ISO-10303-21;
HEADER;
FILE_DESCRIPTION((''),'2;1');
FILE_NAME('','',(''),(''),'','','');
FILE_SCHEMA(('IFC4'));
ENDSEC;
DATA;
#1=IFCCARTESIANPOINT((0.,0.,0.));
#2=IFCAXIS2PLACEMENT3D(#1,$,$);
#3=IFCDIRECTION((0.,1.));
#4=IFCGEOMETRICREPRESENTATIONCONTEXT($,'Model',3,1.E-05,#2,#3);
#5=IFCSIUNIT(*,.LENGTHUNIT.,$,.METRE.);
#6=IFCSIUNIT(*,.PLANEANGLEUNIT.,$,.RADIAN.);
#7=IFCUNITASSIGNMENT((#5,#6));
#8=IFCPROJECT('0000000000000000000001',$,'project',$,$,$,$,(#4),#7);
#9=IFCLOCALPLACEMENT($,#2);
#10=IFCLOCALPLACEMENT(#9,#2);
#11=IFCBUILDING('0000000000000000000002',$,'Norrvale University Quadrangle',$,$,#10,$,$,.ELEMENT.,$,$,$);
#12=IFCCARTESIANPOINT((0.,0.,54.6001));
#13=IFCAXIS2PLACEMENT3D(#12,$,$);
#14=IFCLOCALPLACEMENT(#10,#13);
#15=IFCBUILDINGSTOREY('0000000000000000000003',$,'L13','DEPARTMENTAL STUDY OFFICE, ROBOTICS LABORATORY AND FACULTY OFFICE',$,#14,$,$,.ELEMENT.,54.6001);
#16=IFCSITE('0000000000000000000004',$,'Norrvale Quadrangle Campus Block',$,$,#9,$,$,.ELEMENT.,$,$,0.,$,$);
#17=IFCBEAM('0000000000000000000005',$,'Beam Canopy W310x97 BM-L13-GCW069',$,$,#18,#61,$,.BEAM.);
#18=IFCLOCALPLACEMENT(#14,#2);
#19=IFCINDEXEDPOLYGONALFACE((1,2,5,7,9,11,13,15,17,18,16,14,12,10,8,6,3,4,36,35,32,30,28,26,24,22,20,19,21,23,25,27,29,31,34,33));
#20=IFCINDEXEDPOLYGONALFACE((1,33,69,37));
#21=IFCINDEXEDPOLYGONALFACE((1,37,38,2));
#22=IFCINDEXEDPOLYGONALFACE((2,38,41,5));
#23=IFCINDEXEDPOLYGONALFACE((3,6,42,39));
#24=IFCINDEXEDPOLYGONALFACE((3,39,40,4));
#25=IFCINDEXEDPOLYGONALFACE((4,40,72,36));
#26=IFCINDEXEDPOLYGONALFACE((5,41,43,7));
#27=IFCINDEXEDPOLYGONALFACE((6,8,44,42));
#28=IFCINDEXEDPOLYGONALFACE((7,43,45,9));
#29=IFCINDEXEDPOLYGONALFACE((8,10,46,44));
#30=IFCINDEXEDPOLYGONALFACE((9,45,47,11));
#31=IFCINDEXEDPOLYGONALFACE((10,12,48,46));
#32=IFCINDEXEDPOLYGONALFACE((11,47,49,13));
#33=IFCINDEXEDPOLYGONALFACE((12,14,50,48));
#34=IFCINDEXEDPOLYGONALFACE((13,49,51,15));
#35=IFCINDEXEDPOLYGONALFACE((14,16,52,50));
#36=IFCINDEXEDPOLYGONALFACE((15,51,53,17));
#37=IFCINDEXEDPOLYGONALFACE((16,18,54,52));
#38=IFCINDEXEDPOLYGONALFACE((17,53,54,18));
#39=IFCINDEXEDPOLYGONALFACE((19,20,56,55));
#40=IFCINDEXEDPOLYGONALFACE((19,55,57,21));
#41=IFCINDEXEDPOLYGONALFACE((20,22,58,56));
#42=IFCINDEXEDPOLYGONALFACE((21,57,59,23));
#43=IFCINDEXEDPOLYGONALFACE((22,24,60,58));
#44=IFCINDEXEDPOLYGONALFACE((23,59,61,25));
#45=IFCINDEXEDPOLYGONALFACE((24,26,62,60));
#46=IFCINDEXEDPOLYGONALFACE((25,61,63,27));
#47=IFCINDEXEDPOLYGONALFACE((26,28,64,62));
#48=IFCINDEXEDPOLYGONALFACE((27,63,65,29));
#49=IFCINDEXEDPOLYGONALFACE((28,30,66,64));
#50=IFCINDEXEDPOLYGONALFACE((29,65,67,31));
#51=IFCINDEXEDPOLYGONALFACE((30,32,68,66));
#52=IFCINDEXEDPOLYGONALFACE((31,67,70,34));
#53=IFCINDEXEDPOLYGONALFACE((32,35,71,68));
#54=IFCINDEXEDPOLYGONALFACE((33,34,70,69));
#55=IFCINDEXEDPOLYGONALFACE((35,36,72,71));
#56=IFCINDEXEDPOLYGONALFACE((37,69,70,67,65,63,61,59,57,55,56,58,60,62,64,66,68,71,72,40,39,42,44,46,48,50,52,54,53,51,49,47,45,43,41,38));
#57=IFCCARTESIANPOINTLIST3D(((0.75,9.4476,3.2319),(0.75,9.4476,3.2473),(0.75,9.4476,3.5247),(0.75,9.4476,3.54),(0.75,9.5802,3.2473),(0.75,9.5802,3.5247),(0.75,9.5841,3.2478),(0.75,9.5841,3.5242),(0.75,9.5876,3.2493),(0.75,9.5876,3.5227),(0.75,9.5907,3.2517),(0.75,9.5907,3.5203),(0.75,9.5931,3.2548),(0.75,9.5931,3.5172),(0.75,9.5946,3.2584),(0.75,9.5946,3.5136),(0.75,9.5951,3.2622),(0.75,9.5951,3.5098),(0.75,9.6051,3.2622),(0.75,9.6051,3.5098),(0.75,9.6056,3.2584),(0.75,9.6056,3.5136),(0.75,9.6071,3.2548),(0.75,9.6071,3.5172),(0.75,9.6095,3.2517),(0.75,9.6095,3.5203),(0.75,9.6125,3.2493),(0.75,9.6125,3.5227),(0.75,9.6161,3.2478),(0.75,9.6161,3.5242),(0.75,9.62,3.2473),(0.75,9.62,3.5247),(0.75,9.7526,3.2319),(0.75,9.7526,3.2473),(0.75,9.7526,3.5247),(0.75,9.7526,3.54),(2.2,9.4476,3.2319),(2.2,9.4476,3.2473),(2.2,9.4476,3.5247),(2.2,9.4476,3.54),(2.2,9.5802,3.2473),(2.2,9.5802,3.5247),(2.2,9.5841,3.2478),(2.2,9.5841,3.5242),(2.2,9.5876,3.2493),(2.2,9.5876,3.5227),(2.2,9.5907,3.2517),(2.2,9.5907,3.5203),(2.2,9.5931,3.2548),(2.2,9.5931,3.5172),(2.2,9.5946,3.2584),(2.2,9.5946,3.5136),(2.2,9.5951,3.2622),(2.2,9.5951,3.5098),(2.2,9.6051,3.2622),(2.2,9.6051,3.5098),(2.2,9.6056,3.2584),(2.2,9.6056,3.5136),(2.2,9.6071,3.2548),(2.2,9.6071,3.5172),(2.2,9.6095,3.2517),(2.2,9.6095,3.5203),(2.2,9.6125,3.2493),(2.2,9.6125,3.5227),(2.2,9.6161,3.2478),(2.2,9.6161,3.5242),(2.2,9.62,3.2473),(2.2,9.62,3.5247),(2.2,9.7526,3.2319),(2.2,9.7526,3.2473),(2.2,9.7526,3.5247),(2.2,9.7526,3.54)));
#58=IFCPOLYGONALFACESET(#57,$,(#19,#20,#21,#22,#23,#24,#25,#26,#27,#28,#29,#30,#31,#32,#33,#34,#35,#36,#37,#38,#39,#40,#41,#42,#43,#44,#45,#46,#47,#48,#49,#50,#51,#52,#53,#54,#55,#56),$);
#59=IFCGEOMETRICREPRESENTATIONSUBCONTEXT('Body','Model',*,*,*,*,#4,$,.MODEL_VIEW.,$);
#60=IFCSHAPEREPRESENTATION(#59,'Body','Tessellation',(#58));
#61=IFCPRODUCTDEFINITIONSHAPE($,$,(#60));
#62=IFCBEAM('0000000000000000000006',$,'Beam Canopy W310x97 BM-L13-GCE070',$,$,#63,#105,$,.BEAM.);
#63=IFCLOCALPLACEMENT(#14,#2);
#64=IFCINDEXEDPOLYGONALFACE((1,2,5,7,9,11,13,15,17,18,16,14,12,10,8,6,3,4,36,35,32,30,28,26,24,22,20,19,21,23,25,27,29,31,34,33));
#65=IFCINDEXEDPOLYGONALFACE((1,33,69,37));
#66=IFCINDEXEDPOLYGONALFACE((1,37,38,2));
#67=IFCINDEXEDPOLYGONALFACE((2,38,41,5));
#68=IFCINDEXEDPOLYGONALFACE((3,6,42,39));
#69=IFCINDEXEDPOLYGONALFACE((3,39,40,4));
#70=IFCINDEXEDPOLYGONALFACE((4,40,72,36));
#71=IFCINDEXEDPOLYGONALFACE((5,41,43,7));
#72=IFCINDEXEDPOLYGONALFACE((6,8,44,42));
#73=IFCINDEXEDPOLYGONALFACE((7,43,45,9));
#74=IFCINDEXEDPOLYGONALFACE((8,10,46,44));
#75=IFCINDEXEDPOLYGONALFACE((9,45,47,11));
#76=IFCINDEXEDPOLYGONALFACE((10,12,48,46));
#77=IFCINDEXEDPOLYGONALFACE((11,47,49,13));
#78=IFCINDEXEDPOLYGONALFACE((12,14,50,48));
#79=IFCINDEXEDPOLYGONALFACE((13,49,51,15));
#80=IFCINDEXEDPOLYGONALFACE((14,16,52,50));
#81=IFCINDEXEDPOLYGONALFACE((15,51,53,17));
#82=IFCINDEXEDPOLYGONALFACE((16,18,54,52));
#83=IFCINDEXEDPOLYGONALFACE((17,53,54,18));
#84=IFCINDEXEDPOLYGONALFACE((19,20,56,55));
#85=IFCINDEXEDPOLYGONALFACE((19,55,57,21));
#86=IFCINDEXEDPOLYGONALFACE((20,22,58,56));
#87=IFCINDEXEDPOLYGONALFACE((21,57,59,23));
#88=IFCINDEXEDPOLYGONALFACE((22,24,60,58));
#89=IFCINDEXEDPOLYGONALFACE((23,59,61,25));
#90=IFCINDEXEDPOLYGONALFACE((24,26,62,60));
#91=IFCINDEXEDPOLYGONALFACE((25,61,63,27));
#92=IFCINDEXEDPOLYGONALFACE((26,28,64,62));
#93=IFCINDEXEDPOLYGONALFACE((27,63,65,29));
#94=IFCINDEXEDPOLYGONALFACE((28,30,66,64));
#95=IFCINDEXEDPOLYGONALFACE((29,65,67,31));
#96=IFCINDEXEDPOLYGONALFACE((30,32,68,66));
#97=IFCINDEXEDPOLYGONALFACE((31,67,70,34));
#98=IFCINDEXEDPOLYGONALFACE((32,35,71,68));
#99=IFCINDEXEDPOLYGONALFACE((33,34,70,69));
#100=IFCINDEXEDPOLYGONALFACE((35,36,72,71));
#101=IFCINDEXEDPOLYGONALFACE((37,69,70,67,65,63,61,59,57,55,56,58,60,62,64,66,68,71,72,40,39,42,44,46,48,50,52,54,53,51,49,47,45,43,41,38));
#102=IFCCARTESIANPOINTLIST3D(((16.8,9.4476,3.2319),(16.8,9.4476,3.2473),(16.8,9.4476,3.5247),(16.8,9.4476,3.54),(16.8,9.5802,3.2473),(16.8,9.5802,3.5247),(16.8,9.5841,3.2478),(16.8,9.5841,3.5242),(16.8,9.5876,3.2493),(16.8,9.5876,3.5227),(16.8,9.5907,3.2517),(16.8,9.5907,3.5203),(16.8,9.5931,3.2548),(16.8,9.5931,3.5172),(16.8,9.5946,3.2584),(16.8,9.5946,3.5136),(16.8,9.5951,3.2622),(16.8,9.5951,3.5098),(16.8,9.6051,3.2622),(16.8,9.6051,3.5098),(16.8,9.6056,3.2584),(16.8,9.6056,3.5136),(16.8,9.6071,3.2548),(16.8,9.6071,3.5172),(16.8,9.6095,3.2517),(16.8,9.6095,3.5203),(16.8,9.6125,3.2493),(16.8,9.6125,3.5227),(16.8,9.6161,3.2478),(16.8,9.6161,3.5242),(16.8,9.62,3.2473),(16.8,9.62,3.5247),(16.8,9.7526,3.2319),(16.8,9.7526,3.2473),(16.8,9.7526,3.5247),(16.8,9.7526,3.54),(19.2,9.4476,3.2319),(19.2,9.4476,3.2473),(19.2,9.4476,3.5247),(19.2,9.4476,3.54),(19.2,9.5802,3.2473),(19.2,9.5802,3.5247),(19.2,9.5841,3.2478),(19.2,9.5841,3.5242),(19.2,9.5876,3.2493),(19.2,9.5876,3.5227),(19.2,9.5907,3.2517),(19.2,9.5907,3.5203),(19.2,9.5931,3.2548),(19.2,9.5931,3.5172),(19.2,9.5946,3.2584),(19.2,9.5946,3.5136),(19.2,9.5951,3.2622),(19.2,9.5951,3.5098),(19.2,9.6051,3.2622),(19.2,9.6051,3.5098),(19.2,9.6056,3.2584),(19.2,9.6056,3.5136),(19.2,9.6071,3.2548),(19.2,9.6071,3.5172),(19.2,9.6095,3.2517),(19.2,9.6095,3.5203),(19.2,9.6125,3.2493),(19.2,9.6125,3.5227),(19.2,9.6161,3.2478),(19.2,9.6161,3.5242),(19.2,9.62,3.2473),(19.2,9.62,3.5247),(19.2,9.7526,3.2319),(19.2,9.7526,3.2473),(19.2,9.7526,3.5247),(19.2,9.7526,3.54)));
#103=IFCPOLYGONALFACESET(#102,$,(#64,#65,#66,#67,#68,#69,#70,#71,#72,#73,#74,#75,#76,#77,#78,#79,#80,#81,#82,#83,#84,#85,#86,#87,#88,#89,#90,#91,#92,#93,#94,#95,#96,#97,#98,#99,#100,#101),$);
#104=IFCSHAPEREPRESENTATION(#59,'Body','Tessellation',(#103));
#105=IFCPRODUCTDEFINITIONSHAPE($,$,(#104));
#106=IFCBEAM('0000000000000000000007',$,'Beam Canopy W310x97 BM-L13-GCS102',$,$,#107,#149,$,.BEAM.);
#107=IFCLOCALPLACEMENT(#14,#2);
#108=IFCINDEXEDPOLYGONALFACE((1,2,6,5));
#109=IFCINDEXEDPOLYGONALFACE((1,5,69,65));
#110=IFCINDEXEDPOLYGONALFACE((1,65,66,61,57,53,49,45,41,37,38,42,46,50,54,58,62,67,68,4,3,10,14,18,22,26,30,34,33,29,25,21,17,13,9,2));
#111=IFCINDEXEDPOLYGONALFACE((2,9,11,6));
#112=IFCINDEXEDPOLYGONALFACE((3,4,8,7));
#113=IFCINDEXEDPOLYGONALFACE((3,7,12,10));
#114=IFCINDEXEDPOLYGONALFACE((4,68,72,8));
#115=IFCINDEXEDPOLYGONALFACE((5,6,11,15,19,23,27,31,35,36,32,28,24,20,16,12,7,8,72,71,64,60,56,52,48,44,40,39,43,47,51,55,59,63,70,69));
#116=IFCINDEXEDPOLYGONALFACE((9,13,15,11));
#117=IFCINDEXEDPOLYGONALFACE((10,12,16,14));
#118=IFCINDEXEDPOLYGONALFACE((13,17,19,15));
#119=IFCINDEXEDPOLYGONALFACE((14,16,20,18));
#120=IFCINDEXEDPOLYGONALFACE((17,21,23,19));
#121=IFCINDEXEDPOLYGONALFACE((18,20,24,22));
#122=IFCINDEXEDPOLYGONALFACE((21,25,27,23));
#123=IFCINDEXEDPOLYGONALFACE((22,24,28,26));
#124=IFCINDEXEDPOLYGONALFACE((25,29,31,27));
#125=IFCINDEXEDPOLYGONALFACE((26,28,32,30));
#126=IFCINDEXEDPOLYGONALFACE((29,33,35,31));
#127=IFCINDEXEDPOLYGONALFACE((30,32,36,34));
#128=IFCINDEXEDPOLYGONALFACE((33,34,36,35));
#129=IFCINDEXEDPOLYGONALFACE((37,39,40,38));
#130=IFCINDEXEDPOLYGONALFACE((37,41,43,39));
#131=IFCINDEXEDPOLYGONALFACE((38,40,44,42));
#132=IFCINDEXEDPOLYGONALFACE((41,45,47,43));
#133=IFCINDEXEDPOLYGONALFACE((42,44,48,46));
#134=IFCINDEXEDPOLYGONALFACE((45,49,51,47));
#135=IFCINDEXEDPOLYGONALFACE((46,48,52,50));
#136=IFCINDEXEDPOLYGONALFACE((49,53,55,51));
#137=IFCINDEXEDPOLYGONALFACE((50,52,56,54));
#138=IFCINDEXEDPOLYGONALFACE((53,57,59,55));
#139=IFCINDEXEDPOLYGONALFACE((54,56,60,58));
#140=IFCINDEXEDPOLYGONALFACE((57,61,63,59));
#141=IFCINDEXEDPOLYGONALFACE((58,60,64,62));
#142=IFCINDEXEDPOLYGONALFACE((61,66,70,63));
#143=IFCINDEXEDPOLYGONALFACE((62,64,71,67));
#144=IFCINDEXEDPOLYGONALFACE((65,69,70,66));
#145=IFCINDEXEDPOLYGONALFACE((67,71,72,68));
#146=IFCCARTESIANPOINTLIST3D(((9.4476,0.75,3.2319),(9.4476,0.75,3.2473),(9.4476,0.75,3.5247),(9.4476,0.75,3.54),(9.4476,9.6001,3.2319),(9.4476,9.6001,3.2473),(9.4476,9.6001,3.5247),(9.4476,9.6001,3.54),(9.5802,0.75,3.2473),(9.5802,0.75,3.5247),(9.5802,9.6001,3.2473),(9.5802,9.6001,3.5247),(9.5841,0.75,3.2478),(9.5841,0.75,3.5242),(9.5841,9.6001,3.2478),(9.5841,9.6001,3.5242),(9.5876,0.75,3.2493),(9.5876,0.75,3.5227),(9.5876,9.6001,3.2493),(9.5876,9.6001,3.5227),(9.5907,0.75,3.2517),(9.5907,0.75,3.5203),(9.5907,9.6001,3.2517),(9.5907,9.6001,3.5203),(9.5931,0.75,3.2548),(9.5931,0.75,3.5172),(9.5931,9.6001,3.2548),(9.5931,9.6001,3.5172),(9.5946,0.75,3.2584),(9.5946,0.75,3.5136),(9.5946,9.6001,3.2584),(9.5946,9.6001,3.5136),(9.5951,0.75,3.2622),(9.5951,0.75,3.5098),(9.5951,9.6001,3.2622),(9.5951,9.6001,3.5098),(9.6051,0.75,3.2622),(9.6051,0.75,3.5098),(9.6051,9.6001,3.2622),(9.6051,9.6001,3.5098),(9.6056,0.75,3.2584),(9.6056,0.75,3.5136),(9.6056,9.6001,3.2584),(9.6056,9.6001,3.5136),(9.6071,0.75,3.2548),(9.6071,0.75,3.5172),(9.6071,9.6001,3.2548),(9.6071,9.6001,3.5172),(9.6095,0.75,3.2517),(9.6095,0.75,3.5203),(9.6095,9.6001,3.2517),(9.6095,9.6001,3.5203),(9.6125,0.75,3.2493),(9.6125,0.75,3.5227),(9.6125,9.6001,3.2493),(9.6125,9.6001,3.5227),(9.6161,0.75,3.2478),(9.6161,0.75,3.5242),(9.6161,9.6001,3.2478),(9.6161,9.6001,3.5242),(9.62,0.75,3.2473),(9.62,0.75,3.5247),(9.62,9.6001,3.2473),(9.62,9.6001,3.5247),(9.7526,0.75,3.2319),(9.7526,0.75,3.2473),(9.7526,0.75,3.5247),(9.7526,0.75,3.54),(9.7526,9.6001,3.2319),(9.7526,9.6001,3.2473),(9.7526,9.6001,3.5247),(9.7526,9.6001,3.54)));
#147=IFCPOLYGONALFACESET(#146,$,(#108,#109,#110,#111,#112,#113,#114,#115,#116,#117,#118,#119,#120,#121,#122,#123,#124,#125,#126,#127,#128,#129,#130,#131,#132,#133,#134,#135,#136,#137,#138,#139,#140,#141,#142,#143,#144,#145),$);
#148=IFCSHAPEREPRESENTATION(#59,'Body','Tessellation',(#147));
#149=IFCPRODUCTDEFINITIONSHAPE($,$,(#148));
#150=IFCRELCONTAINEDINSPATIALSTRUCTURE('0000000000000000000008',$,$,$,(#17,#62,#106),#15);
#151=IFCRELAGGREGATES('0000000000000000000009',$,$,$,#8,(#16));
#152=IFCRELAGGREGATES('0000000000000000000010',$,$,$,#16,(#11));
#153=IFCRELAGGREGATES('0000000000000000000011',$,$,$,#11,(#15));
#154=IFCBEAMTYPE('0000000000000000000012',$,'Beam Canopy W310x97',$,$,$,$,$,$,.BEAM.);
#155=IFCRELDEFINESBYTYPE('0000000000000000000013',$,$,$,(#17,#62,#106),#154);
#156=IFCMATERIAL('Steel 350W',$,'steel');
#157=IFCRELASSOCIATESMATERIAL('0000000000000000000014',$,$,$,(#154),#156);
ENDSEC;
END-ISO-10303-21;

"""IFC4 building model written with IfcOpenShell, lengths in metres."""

from ifc_helpers import new_model, si_unit, direction, frame, origin, origin_2d, place, context, subcontext, project, spatial, i_section, extrude, material, material_profile, profile_set, type_object, element, save


model = new_model("IFC4")

# Units and contexts
model_context = context("Model", 3, precision=1e-05, world=origin(), true_north=direction((0.0, 1.0)))
body_context = subcontext(model_context, "Body", "Model", "MODEL_VIEW")
ifc_project = project(units=[si_unit("LENGTHUNIT", "METRE"), si_unit("PLANEANGLEUNIT", "RADIAN")], contexts=[model_context])

# Site, building, storey
site_placement = place(None, origin())
site = spatial("IfcSite", under=ifc_project, at=site_placement, Name="Norrvale Quadrangle Campus Block", CompositionType="ELEMENT", RefElevation=0.0)
building_placement = place(site_placement, origin())
building = spatial("IfcBuilding", under=site, at=building_placement, Name="Norrvale University Quadrangle", CompositionType="ELEMENT")
storey_placement = place(building_placement, frame((0.0, 0.0, 54.6001)))
storey = spatial("IfcBuildingStorey", under=building, at=storey_placement, Name="L13", Description="DEPARTMENTAL STUDY OFFICE, ROBOTICS LABORATORY AND FACULTY OFFICE", CompositionType="ELEMENT", Elevation=54.6001)

# Beams
ifc_material_1 = material(Name="Steel 350W", Category="steel")
ifc_material_profile_1 = material_profile(ifc_material_1, i_section(OverallWidth=0.3049, OverallDepth=0.3081, WebThickness=0.01, FlangeThickness=0.0154, FilletRadius=0.0149, at=origin_2d()), Name="Steel 350W")
ifc_profile_set_1 = profile_set([ifc_material_profile_1], Name="Steel 350W")
beam_type_1 = type_object("IfcBeamType", Name="Beam Canopy W310x97", PredefinedType="BEAM", material=ifc_profile_set_1)
beam_1_placement = place(storey_placement, frame((0.75, 9.6001, 3.386), z_axis=(1.0, 0.0, 0.0), x_axis=(0.0, 1.0, 0.0)))
element("IfcBeam", 1, at=beam_1_placement, inside=storey, type_object=beam_type_1, Name="Beam Canopy W310x97 BM-L13-GCW069", PredefinedType="BEAM", context=body_context, shape_type="SweptSolid", body=[
    extrude(i_section(OverallWidth=0.3049, OverallDepth=0.3081, WebThickness=0.01, FlangeThickness=0.0154, FilletRadius=0.0149, at=origin_2d()), origin(), (0.0, 0.0, 1.0), 1.45),
])
beam_2_placement = place(storey_placement, frame((16.8, 9.6001, 3.386), z_axis=(1.0, 0.0, 0.0), x_axis=(0.0, 1.0, 0.0)))
element("IfcBeam", 2, at=beam_2_placement, inside=storey, type_object=beam_type_1, Name="Beam Canopy W310x97 BM-L13-GCE070", PredefinedType="BEAM", context=body_context, shape_type="SweptSolid", body=[
    extrude(i_section(OverallWidth=0.3049, OverallDepth=0.3081, WebThickness=0.01, FlangeThickness=0.0154, FilletRadius=0.0149, at=origin_2d()), origin(), (0.0, 0.0, 1.0), 2.3999),
])
beam_3_placement = place(storey_placement, frame((9.6001, 0.75, 3.386), z_axis=(0.0, 1.0, 0.0), x_axis=(-1.0, 0.0, 0.0)))
element("IfcBeam", 3, at=beam_3_placement, inside=storey, type_object=beam_type_1, Name="Beam Canopy W310x97 BM-L13-GCS102", PredefinedType="BEAM", context=body_context, shape_type="SweptSolid", body=[
    extrude(i_section(OverallWidth=0.3049, OverallDepth=0.3081, WebThickness=0.01, FlangeThickness=0.0154, FilletRadius=0.0149, at=origin_2d()), origin(), (0.0, 0.0, 1.0), 8.8501),
])

save(model, "model.ifc")
